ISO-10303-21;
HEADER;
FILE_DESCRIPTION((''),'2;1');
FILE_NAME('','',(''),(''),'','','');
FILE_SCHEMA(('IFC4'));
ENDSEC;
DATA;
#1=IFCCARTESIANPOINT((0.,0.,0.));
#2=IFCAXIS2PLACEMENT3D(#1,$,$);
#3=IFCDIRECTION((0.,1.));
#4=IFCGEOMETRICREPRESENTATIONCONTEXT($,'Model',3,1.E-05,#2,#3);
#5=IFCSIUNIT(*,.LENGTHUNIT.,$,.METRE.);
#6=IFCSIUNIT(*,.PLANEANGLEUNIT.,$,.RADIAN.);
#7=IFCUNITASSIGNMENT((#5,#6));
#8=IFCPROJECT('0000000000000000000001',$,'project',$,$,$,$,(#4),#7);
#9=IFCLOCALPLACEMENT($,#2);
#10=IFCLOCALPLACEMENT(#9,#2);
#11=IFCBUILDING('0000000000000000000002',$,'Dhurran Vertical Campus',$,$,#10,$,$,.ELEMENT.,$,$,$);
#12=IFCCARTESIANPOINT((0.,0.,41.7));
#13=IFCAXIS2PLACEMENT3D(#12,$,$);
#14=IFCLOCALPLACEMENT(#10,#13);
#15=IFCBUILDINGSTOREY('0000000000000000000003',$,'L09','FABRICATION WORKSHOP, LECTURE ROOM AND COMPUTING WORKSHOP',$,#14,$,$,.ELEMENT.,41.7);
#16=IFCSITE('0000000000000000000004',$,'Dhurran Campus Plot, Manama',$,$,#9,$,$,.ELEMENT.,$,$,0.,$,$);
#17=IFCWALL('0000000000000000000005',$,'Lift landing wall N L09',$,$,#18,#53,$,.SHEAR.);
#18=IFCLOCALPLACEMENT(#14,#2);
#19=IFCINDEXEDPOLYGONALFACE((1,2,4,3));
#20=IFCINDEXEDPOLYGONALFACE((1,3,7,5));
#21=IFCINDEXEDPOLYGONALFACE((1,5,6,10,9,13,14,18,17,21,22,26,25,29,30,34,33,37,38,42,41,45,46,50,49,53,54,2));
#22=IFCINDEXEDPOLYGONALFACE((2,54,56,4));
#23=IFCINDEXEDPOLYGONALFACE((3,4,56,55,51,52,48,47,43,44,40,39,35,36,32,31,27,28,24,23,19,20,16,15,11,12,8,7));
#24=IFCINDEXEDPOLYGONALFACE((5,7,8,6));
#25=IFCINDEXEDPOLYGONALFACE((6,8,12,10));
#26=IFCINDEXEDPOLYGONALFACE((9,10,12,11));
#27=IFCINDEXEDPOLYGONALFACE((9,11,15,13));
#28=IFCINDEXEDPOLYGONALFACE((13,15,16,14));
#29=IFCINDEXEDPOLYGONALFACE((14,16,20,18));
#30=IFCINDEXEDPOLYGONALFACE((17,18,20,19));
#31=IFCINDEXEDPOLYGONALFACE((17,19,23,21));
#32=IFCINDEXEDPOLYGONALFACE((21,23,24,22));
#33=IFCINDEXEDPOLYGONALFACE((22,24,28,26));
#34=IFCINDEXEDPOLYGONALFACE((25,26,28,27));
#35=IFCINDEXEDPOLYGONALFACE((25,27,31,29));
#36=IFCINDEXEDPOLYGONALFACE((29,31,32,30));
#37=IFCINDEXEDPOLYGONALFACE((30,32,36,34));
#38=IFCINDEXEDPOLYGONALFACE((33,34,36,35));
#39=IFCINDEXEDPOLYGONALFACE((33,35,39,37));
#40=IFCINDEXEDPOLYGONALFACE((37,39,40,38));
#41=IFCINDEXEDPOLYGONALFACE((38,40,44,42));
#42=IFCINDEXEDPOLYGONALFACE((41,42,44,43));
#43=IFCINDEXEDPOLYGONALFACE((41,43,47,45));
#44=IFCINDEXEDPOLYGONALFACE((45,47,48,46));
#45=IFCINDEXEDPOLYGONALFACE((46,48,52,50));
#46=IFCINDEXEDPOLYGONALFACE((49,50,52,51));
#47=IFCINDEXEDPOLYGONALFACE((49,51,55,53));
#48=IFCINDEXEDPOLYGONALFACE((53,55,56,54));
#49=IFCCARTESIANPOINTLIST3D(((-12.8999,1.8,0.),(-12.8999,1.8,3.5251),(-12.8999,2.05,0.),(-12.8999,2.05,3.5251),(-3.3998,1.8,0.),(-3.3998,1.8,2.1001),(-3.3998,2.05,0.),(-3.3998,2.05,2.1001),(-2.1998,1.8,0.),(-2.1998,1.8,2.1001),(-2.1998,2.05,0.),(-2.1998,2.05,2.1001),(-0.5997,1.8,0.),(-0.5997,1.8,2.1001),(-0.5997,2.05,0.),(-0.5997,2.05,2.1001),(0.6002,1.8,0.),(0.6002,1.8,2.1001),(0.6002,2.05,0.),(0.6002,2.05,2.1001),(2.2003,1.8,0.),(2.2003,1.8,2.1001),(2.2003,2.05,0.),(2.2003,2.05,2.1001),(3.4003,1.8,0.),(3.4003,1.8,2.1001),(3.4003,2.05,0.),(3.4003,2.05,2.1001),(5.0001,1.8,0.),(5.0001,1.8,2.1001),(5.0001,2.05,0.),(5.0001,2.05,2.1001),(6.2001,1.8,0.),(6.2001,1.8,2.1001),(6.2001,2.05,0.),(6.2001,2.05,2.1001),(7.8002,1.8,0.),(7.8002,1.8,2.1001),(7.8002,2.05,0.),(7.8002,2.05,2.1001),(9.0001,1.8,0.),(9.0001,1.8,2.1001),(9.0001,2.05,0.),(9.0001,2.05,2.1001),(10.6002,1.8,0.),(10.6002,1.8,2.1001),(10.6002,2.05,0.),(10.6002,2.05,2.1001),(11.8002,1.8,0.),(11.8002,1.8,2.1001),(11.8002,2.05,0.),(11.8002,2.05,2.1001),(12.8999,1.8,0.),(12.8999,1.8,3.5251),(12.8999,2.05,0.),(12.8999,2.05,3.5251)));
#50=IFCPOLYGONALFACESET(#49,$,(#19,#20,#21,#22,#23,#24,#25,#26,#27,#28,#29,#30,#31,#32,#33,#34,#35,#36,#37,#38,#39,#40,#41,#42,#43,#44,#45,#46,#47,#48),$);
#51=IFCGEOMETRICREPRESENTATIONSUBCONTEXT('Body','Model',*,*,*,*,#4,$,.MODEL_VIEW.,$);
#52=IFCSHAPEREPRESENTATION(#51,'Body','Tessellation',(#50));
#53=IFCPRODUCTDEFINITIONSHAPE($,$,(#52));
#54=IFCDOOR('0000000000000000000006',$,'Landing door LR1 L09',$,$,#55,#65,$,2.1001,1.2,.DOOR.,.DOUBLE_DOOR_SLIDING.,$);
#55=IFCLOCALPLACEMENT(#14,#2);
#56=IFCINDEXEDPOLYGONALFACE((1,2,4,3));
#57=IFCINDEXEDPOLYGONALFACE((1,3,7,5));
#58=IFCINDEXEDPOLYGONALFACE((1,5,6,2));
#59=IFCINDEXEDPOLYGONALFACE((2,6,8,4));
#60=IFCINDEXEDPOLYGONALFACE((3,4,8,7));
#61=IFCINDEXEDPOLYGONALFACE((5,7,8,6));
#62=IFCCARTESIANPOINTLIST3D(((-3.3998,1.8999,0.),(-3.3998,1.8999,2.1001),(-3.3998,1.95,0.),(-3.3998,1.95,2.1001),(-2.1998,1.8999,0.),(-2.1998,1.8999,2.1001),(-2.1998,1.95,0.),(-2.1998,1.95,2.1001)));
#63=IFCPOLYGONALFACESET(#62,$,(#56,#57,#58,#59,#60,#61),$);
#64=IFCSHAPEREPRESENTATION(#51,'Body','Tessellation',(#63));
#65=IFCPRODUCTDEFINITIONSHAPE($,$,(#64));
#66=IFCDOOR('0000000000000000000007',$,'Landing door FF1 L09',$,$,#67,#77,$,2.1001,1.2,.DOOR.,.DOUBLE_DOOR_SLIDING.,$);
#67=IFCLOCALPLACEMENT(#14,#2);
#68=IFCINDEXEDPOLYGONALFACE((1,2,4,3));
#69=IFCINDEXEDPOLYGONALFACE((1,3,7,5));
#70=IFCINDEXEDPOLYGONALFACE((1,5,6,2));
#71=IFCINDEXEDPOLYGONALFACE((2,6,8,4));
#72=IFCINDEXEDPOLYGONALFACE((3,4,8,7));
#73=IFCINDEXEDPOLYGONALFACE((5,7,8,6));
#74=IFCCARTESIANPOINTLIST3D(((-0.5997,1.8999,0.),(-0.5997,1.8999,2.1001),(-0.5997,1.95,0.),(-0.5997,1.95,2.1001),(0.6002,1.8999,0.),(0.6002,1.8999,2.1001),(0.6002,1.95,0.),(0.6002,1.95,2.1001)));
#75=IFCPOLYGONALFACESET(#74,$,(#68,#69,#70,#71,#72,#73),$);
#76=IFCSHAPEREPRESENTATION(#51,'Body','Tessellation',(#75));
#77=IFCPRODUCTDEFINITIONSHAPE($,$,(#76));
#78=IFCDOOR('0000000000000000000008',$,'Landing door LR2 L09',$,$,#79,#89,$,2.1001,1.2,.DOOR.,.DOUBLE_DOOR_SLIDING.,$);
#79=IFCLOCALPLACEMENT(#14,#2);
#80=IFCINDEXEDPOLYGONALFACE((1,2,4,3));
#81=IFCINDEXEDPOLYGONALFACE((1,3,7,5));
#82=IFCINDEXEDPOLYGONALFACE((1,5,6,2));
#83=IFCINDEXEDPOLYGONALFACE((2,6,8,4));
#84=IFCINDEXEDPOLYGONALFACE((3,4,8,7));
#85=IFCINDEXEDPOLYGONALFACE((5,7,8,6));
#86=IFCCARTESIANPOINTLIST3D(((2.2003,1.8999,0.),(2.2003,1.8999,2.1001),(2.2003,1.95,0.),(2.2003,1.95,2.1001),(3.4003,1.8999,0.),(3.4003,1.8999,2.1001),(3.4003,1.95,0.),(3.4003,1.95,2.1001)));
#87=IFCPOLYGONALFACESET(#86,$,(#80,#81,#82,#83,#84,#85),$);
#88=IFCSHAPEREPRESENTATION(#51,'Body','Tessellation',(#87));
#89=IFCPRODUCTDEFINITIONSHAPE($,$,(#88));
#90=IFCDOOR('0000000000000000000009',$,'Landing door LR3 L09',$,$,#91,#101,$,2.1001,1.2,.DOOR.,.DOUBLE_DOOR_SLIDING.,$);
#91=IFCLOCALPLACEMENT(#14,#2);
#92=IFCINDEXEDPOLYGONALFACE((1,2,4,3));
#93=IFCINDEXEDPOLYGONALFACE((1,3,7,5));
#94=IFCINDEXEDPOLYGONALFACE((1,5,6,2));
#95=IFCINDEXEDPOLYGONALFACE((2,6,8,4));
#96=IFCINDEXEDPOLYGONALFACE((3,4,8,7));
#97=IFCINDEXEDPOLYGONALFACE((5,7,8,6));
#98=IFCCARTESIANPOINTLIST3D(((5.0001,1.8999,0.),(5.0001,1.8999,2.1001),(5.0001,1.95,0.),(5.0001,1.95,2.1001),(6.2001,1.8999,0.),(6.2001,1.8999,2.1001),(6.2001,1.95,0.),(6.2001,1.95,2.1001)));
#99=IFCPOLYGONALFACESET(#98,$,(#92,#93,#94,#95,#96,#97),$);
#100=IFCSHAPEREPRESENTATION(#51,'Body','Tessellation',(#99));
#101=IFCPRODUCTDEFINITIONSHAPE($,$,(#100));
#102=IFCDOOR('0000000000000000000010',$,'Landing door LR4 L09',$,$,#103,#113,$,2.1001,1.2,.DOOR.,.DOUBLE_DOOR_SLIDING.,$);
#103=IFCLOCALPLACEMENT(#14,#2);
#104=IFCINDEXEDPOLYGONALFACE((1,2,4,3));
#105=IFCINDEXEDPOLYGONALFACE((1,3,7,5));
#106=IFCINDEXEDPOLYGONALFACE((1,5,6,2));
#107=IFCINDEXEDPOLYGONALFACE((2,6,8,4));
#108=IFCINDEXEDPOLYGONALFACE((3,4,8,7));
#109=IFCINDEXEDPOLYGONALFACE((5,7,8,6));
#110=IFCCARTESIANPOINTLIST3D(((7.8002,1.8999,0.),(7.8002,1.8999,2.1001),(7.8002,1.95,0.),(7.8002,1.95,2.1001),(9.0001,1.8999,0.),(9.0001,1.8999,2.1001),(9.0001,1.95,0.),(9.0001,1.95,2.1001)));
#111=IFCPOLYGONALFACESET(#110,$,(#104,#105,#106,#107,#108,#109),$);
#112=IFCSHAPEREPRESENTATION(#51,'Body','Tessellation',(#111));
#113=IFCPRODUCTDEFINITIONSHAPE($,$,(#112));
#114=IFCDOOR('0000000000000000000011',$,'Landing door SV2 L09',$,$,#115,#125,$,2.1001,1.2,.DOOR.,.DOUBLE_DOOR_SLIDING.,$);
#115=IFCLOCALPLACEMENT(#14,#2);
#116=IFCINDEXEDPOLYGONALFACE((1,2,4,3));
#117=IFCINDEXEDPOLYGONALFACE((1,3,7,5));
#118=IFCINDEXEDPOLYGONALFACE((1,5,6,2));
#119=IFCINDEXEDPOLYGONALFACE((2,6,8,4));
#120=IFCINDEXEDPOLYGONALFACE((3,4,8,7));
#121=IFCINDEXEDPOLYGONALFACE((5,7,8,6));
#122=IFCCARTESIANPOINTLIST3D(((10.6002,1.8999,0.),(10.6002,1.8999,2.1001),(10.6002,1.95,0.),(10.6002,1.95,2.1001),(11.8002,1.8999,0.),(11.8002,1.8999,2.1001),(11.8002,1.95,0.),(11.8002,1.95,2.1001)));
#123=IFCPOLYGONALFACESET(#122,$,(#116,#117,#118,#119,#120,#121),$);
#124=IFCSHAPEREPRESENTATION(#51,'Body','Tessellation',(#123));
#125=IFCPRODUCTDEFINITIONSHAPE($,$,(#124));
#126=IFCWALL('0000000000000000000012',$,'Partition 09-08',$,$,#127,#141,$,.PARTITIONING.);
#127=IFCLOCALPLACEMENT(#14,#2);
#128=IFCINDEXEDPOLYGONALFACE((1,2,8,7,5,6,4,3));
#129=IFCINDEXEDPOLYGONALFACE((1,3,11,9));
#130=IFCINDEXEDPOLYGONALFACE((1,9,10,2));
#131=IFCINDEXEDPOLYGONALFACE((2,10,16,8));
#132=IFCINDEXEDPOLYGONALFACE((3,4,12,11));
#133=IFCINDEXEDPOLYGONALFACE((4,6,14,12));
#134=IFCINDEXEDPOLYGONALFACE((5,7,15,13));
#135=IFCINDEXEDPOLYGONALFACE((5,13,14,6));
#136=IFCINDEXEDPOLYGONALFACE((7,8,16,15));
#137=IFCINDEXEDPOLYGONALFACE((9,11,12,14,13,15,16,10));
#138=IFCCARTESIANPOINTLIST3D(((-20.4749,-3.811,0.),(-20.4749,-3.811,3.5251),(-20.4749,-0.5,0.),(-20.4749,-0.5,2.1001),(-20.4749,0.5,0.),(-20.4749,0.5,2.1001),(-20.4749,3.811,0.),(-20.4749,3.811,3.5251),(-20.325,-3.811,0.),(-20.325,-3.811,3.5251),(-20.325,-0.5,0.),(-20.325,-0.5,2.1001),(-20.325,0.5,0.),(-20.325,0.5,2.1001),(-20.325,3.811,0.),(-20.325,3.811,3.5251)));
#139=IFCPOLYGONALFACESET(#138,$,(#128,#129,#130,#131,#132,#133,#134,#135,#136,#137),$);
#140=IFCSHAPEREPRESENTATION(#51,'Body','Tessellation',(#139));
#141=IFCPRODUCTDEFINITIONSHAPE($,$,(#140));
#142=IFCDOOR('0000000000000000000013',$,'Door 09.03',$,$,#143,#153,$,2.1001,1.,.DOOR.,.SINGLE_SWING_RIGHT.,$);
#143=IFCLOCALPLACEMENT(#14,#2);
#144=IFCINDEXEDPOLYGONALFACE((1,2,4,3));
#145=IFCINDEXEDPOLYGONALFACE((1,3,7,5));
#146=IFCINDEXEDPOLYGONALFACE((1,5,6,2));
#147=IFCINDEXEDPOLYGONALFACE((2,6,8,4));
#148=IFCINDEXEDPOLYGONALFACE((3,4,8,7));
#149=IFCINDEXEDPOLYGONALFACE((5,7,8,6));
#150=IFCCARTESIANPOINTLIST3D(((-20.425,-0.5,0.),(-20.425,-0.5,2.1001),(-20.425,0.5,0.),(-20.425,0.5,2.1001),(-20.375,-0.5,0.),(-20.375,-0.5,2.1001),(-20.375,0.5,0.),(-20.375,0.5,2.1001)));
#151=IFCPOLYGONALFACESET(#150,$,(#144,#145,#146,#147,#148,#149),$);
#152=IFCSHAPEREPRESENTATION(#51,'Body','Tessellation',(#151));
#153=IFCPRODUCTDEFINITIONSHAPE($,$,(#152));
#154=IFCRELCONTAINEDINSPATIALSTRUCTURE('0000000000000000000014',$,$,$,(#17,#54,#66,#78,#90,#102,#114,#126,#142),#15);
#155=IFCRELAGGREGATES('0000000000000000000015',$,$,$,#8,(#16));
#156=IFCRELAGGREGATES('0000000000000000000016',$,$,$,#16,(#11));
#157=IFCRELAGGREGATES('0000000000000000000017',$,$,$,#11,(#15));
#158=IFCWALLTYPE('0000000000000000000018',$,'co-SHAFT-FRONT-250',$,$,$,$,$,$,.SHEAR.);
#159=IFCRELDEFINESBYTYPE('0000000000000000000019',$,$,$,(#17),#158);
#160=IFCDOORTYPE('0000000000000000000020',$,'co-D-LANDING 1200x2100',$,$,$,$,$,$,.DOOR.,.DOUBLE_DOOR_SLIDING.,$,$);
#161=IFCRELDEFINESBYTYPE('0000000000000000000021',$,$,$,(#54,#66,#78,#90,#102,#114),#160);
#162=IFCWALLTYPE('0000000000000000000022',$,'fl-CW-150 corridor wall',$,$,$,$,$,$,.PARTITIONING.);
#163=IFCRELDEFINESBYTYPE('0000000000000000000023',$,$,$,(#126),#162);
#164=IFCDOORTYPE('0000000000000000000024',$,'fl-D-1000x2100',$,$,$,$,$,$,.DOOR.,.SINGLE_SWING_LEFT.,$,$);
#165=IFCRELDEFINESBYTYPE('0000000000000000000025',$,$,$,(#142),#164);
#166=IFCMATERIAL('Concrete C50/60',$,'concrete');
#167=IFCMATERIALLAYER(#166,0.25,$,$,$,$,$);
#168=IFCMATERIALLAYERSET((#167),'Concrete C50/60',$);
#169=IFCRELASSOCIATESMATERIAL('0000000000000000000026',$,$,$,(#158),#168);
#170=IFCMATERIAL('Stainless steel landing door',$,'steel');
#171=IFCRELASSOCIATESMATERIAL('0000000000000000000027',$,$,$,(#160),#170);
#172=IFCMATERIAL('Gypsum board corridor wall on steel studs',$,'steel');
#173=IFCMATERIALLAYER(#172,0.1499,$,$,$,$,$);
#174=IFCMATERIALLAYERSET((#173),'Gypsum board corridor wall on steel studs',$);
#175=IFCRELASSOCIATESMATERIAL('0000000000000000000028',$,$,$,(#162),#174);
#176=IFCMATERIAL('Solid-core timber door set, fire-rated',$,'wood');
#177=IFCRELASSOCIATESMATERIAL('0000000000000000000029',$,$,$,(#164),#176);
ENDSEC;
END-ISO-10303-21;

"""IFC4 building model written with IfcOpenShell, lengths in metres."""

from ifc_helpers import new_model, si_unit, direction, frame, frame_2d, origin, place, context, subcontext, project, spatial, rectangle, extrude, material, layer, layer_set, type_object, element, fill, save


model = new_model("IFC4")

# Units and contexts
model_context = context("Model", 3, precision=1e-05, world=origin(), true_north=direction((0.0, 1.0)))
body_context = subcontext(model_context, "Body", "Model", "MODEL_VIEW")
ifc_project = project(units=[si_unit("LENGTHUNIT", "METRE"), si_unit("PLANEANGLEUNIT", "RADIAN")], contexts=[model_context])

# Site, building, storey
site_placement = place(None, origin())
site = spatial("IfcSite", under=ifc_project, at=site_placement, Name="Dhurran Campus Plot, Manama", CompositionType="ELEMENT", RefElevation=0.0)
building_placement = place(site_placement, origin())
building = spatial("IfcBuilding", under=site, at=building_placement, Name="Dhurran Vertical Campus", CompositionType="ELEMENT")
storey_placement = place(building_placement, frame((0.0, 0.0, 41.7)))
storey = spatial("IfcBuildingStorey", under=building, at=storey_placement, Name="L09", Description="FABRICATION WORKSHOP, LECTURE ROOM AND COMPUTING WORKSHOP", CompositionType="ELEMENT", Elevation=41.7)

# Wall, openings, doors
ifc_material_1 = material(Name="Concrete C50/60", Category="concrete")
ifc_layer_1 = layer(ifc_material_1, 0.25)
ifc_layer_set_1 = layer_set([ifc_layer_1], Name="Concrete C50/60")
wall_type_1 = type_object("IfcWallType", Name="co-SHAFT-FRONT-250", PredefinedType="SHEAR", material=ifc_layer_set_1)
wall_1_placement = place(storey_placement, frame((-12.8999, 1.925, 0.0), z_axis=(0.0, 0.0, 1.0), x_axis=(1.0, 0.0, 0.0)))
wall_1 = element("IfcWall", 1, at=wall_1_placement, inside=storey, type_object=wall_type_1, Name="Lift landing wall N L09", PredefinedType="SHEAR", context=body_context, shape_type="SweptSolid", body=[
    extrude(rectangle(XDim=25.7998, YDim=0.25, at=frame_2d((12.8999, 0.0))), origin(), (0.0, 0.0, 1.0), 3.5251),
])
opening_1_placement = place(wall_1_placement, frame((9.5, 0.0, 0.0)))
opening_1 = element("IfcOpeningElement", 2, at=opening_1_placement, cuts=wall_1, PredefinedType="OPENING", context=body_context, shape_type="SweptSolid", body=[
    extrude(rectangle(XDim=1.2, YDim=2.1001, at=frame_2d((0.6001, 1.05))), frame((0.0, 0.135, 0.0), z_axis=(0.0, -1.0, 0.0), x_axis=(1.0, 0.0, 0.0)), (0.0, 0.0, 1.0), 0.27),
])
opening_2_placement = place(wall_1_placement, frame((12.3, 0.0, 0.0)))
opening_2 = element("IfcOpeningElement", 3, at=opening_2_placement, cuts=wall_1, PredefinedType="OPENING", context=body_context, shape_type="SweptSolid", body=[
    extrude(rectangle(XDim=1.2, YDim=2.1001, at=frame_2d((0.6001, 1.05))), frame((0.0, 0.135, 0.0), z_axis=(0.0, -1.0, 0.0), x_axis=(1.0, 0.0, 0.0)), (0.0, 0.0, 1.0), 0.27),
])
opening_3_placement = place(wall_1_placement, frame((15.1001, 0.0, 0.0)))
opening_3 = element("IfcOpeningElement", 4, at=opening_3_placement, cuts=wall_1, PredefinedType="OPENING", context=body_context, shape_type="SweptSolid", body=[
    extrude(rectangle(XDim=1.2, YDim=2.1001, at=frame_2d((0.6001, 1.05))), frame((0.0, 0.135, 0.0), z_axis=(0.0, -1.0, 0.0), x_axis=(1.0, 0.0, 0.0)), (0.0, 0.0, 1.0), 0.27),
])
opening_4_placement = place(wall_1_placement, frame((17.8999, 0.0, 0.0)))
opening_4 = element("IfcOpeningElement", 5, at=opening_4_placement, cuts=wall_1, PredefinedType="OPENING", context=body_context, shape_type="SweptSolid", body=[
    extrude(rectangle(XDim=1.2, YDim=2.1001, at=frame_2d((0.6001, 1.05))), frame((0.0, 0.135, 0.0), z_axis=(0.0, -1.0, 0.0), x_axis=(1.0, 0.0, 0.0)), (0.0, 0.0, 1.0), 0.27),
])
opening_5_placement = place(wall_1_placement, frame((20.7, 0.0, 0.0)))
opening_5 = element("IfcOpeningElement", 6, at=opening_5_placement, cuts=wall_1, PredefinedType="OPENING", context=body_context, shape_type="SweptSolid", body=[
    extrude(rectangle(XDim=1.2, YDim=2.1001, at=frame_2d((0.6001, 1.05))), frame((0.0, 0.135, 0.0), z_axis=(0.0, -1.0, 0.0), x_axis=(1.0, 0.0, 0.0)), (0.0, 0.0, 1.0), 0.27),
])
opening_6_placement = place(wall_1_placement, frame((23.5, 0.0, 0.0)))
opening_6 = element("IfcOpeningElement", 7, at=opening_6_placement, cuts=wall_1, PredefinedType="OPENING", context=body_context, shape_type="SweptSolid", body=[
    extrude(rectangle(XDim=1.2, YDim=2.1001, at=frame_2d((0.6001, 1.05))), frame((0.0, 0.135, 0.0), z_axis=(0.0, -1.0, 0.0), x_axis=(1.0, 0.0, 0.0)), (0.0, 0.0, 1.0), 0.27),
])
ifc_material_2 = material(Name="Stainless steel landing door", Category="steel")
door_type_1 = type_object("IfcDoorType", Name="co-D-LANDING 1200x2100", OperationType="DOUBLE_DOOR_SLIDING", PredefinedType="DOOR", material=ifc_material_2)
door_1_placement = place(opening_1_placement, origin())
door_1 = element("IfcDoor", 8, at=door_1_placement, inside=storey, type_object=door_type_1, Name="Landing door LR1 L09", OperationType="DOUBLE_DOOR_SLIDING", OverallHeight=2.1001, OverallWidth=1.2, PredefinedType="DOOR", context=body_context, shape_type="SweptSolid", body=[
    extrude(rectangle(XDim=1.2, YDim=2.1001, at=frame_2d((0.6001, 1.05))), frame((0.0, 0.0249, 0.0), z_axis=(0.0, -1.0, 0.0), x_axis=(1.0, 0.0, 0.0)), (0.0, 0.0, 1.0), 0.05),
])
fill(opening_1, door_1)
door_2_placement = place(opening_2_placement, origin())
door_2 = element("IfcDoor", 9, at=door_2_placement, inside=storey, type_object=door_type_1, Name="Landing door FF1 L09", OperationType="DOUBLE_DOOR_SLIDING", OverallHeight=2.1001, OverallWidth=1.2, PredefinedType="DOOR", context=body_context, shape_type="SweptSolid", body=[
    extrude(rectangle(XDim=1.2, YDim=2.1001, at=frame_2d((0.6001, 1.05))), frame((0.0, 0.0249, 0.0), z_axis=(0.0, -1.0, 0.0), x_axis=(1.0, 0.0, 0.0)), (0.0, 0.0, 1.0), 0.05),
])
fill(opening_2, door_2)
door_3_placement = place(opening_3_placement, origin())
door_3 = element("IfcDoor", 10, at=door_3_placement, inside=storey, type_object=door_type_1, Name="Landing door LR2 L09", OperationType="DOUBLE_DOOR_SLIDING", OverallHeight=2.1001, OverallWidth=1.2, PredefinedType="DOOR", context=body_context, shape_type="SweptSolid", body=[
    extrude(rectangle(XDim=1.2, YDim=2.1001, at=frame_2d((0.6001, 1.05))), frame((0.0, 0.0249, 0.0), z_axis=(0.0, -1.0, 0.0), x_axis=(1.0, 0.0, 0.0)), (0.0, 0.0, 1.0), 0.05),
])
fill(opening_3, door_3)
door_4_placement = place(opening_4_placement, origin())
door_4 = element("IfcDoor", 11, at=door_4_placement, inside=storey, type_object=door_type_1, Name="Landing door LR3 L09", OperationType="DOUBLE_DOOR_SLIDING", OverallHeight=2.1001, OverallWidth=1.2, PredefinedType="DOOR", context=body_context, shape_type="SweptSolid", body=[
    extrude(rectangle(XDim=1.2, YDim=2.1001, at=frame_2d((0.6001, 1.05))), frame((0.0, 0.0249, 0.0), z_axis=(0.0, -1.0, 0.0), x_axis=(1.0, 0.0, 0.0)), (0.0, 0.0, 1.0), 0.05),
])
fill(opening_4, door_4)
door_5_placement = place(opening_5_placement, origin())
door_5 = element("IfcDoor", 12, at=door_5_placement, inside=storey, type_object=door_type_1, Name="Landing door LR4 L09", OperationType="DOUBLE_DOOR_SLIDING", OverallHeight=2.1001, OverallWidth=1.2, PredefinedType="DOOR", context=body_context, shape_type="SweptSolid", body=[
    extrude(rectangle(XDim=1.2, YDim=2.1001, at=frame_2d((0.6001, 1.05))), frame((0.0, 0.0249, 0.0), z_axis=(0.0, -1.0, 0.0), x_axis=(1.0, 0.0, 0.0)), (0.0, 0.0, 1.0), 0.05),
])
fill(opening_5, door_5)
door_6_placement = place(opening_6_placement, origin())
door_6 = element("IfcDoor", 13, at=door_6_placement, inside=storey, type_object=door_type_1, Name="Landing door SV2 L09", OperationType="DOUBLE_DOOR_SLIDING", OverallHeight=2.1001, OverallWidth=1.2, PredefinedType="DOOR", context=body_context, shape_type="SweptSolid", body=[
    extrude(rectangle(XDim=1.2, YDim=2.1001, at=frame_2d((0.6001, 1.05))), frame((0.0, 0.0249, 0.0), z_axis=(0.0, -1.0, 0.0), x_axis=(1.0, 0.0, 0.0)), (0.0, 0.0, 1.0), 0.05),
])
fill(opening_6, door_6)

# Wall, opening, door
ifc_material_3 = material(Name="Gypsum board corridor wall on steel studs", Category="steel")
ifc_layer_2 = layer(ifc_material_3, 0.1499)
ifc_layer_set_2 = layer_set([ifc_layer_2], Name="Gypsum board corridor wall on steel studs")
wall_type_2 = type_object("IfcWallType", Name="fl-CW-150 corridor wall", PredefinedType="PARTITIONING", material=ifc_layer_set_2)
wall_2_placement = place(storey_placement, frame((-20.3999, 3.811, 0.0), z_axis=(0.0, 0.0, 1.0), x_axis=(0.0, -1.0, 0.0)))
wall_2 = element("IfcWall", 14, at=wall_2_placement, inside=storey, type_object=wall_type_2, Name="Partition 09-08", PredefinedType="PARTITIONING", context=body_context, shape_type="SweptSolid", body=[
    extrude(rectangle(XDim=7.6221, YDim=0.1499, at=frame_2d((3.811, 0.0))), origin(), (0.0, 0.0, 1.0), 3.5251),
])
opening_7_placement = place(wall_2_placement, frame((3.311, 0.0, 0.0)))
opening_7 = element("IfcOpeningElement", 15, at=opening_7_placement, cuts=wall_2, PredefinedType="OPENING", context=body_context, shape_type="SweptSolid", body=[
    extrude(rectangle(XDim=1.0, YDim=2.1001, at=frame_2d((0.5, 1.05))), frame((0.0, 0.085, 0.0), z_axis=(0.0, -1.0, 0.0), x_axis=(1.0, 0.0, 0.0)), (0.0, 0.0, 1.0), 0.1699),
])
ifc_material_4 = material(Name="Solid-core timber door set, fire-rated", Category="wood")
door_type_2 = type_object("IfcDoorType", Name="fl-D-1000x2100", OperationType="SINGLE_SWING_LEFT", PredefinedType="DOOR", material=ifc_material_4)
door_7_placement = place(opening_7_placement, origin())
door_7 = element("IfcDoor", 16, at=door_7_placement, inside=storey, type_object=door_type_2, Name="Door 09.03", OperationType="SINGLE_SWING_RIGHT", OverallHeight=2.1001, OverallWidth=1.0, PredefinedType="DOOR", context=body_context, shape_type="SweptSolid", body=[
    extrude(rectangle(XDim=1.0, YDim=2.1001, at=frame_2d((0.5, 1.05))), frame((0.0, 0.0249, 0.0), z_axis=(0.0, -1.0, 0.0), x_axis=(1.0, 0.0, 0.0)), (0.0, 0.0, 1.0), 0.05),
])
fill(opening_7, door_7)

save(model, "model.ifc")
